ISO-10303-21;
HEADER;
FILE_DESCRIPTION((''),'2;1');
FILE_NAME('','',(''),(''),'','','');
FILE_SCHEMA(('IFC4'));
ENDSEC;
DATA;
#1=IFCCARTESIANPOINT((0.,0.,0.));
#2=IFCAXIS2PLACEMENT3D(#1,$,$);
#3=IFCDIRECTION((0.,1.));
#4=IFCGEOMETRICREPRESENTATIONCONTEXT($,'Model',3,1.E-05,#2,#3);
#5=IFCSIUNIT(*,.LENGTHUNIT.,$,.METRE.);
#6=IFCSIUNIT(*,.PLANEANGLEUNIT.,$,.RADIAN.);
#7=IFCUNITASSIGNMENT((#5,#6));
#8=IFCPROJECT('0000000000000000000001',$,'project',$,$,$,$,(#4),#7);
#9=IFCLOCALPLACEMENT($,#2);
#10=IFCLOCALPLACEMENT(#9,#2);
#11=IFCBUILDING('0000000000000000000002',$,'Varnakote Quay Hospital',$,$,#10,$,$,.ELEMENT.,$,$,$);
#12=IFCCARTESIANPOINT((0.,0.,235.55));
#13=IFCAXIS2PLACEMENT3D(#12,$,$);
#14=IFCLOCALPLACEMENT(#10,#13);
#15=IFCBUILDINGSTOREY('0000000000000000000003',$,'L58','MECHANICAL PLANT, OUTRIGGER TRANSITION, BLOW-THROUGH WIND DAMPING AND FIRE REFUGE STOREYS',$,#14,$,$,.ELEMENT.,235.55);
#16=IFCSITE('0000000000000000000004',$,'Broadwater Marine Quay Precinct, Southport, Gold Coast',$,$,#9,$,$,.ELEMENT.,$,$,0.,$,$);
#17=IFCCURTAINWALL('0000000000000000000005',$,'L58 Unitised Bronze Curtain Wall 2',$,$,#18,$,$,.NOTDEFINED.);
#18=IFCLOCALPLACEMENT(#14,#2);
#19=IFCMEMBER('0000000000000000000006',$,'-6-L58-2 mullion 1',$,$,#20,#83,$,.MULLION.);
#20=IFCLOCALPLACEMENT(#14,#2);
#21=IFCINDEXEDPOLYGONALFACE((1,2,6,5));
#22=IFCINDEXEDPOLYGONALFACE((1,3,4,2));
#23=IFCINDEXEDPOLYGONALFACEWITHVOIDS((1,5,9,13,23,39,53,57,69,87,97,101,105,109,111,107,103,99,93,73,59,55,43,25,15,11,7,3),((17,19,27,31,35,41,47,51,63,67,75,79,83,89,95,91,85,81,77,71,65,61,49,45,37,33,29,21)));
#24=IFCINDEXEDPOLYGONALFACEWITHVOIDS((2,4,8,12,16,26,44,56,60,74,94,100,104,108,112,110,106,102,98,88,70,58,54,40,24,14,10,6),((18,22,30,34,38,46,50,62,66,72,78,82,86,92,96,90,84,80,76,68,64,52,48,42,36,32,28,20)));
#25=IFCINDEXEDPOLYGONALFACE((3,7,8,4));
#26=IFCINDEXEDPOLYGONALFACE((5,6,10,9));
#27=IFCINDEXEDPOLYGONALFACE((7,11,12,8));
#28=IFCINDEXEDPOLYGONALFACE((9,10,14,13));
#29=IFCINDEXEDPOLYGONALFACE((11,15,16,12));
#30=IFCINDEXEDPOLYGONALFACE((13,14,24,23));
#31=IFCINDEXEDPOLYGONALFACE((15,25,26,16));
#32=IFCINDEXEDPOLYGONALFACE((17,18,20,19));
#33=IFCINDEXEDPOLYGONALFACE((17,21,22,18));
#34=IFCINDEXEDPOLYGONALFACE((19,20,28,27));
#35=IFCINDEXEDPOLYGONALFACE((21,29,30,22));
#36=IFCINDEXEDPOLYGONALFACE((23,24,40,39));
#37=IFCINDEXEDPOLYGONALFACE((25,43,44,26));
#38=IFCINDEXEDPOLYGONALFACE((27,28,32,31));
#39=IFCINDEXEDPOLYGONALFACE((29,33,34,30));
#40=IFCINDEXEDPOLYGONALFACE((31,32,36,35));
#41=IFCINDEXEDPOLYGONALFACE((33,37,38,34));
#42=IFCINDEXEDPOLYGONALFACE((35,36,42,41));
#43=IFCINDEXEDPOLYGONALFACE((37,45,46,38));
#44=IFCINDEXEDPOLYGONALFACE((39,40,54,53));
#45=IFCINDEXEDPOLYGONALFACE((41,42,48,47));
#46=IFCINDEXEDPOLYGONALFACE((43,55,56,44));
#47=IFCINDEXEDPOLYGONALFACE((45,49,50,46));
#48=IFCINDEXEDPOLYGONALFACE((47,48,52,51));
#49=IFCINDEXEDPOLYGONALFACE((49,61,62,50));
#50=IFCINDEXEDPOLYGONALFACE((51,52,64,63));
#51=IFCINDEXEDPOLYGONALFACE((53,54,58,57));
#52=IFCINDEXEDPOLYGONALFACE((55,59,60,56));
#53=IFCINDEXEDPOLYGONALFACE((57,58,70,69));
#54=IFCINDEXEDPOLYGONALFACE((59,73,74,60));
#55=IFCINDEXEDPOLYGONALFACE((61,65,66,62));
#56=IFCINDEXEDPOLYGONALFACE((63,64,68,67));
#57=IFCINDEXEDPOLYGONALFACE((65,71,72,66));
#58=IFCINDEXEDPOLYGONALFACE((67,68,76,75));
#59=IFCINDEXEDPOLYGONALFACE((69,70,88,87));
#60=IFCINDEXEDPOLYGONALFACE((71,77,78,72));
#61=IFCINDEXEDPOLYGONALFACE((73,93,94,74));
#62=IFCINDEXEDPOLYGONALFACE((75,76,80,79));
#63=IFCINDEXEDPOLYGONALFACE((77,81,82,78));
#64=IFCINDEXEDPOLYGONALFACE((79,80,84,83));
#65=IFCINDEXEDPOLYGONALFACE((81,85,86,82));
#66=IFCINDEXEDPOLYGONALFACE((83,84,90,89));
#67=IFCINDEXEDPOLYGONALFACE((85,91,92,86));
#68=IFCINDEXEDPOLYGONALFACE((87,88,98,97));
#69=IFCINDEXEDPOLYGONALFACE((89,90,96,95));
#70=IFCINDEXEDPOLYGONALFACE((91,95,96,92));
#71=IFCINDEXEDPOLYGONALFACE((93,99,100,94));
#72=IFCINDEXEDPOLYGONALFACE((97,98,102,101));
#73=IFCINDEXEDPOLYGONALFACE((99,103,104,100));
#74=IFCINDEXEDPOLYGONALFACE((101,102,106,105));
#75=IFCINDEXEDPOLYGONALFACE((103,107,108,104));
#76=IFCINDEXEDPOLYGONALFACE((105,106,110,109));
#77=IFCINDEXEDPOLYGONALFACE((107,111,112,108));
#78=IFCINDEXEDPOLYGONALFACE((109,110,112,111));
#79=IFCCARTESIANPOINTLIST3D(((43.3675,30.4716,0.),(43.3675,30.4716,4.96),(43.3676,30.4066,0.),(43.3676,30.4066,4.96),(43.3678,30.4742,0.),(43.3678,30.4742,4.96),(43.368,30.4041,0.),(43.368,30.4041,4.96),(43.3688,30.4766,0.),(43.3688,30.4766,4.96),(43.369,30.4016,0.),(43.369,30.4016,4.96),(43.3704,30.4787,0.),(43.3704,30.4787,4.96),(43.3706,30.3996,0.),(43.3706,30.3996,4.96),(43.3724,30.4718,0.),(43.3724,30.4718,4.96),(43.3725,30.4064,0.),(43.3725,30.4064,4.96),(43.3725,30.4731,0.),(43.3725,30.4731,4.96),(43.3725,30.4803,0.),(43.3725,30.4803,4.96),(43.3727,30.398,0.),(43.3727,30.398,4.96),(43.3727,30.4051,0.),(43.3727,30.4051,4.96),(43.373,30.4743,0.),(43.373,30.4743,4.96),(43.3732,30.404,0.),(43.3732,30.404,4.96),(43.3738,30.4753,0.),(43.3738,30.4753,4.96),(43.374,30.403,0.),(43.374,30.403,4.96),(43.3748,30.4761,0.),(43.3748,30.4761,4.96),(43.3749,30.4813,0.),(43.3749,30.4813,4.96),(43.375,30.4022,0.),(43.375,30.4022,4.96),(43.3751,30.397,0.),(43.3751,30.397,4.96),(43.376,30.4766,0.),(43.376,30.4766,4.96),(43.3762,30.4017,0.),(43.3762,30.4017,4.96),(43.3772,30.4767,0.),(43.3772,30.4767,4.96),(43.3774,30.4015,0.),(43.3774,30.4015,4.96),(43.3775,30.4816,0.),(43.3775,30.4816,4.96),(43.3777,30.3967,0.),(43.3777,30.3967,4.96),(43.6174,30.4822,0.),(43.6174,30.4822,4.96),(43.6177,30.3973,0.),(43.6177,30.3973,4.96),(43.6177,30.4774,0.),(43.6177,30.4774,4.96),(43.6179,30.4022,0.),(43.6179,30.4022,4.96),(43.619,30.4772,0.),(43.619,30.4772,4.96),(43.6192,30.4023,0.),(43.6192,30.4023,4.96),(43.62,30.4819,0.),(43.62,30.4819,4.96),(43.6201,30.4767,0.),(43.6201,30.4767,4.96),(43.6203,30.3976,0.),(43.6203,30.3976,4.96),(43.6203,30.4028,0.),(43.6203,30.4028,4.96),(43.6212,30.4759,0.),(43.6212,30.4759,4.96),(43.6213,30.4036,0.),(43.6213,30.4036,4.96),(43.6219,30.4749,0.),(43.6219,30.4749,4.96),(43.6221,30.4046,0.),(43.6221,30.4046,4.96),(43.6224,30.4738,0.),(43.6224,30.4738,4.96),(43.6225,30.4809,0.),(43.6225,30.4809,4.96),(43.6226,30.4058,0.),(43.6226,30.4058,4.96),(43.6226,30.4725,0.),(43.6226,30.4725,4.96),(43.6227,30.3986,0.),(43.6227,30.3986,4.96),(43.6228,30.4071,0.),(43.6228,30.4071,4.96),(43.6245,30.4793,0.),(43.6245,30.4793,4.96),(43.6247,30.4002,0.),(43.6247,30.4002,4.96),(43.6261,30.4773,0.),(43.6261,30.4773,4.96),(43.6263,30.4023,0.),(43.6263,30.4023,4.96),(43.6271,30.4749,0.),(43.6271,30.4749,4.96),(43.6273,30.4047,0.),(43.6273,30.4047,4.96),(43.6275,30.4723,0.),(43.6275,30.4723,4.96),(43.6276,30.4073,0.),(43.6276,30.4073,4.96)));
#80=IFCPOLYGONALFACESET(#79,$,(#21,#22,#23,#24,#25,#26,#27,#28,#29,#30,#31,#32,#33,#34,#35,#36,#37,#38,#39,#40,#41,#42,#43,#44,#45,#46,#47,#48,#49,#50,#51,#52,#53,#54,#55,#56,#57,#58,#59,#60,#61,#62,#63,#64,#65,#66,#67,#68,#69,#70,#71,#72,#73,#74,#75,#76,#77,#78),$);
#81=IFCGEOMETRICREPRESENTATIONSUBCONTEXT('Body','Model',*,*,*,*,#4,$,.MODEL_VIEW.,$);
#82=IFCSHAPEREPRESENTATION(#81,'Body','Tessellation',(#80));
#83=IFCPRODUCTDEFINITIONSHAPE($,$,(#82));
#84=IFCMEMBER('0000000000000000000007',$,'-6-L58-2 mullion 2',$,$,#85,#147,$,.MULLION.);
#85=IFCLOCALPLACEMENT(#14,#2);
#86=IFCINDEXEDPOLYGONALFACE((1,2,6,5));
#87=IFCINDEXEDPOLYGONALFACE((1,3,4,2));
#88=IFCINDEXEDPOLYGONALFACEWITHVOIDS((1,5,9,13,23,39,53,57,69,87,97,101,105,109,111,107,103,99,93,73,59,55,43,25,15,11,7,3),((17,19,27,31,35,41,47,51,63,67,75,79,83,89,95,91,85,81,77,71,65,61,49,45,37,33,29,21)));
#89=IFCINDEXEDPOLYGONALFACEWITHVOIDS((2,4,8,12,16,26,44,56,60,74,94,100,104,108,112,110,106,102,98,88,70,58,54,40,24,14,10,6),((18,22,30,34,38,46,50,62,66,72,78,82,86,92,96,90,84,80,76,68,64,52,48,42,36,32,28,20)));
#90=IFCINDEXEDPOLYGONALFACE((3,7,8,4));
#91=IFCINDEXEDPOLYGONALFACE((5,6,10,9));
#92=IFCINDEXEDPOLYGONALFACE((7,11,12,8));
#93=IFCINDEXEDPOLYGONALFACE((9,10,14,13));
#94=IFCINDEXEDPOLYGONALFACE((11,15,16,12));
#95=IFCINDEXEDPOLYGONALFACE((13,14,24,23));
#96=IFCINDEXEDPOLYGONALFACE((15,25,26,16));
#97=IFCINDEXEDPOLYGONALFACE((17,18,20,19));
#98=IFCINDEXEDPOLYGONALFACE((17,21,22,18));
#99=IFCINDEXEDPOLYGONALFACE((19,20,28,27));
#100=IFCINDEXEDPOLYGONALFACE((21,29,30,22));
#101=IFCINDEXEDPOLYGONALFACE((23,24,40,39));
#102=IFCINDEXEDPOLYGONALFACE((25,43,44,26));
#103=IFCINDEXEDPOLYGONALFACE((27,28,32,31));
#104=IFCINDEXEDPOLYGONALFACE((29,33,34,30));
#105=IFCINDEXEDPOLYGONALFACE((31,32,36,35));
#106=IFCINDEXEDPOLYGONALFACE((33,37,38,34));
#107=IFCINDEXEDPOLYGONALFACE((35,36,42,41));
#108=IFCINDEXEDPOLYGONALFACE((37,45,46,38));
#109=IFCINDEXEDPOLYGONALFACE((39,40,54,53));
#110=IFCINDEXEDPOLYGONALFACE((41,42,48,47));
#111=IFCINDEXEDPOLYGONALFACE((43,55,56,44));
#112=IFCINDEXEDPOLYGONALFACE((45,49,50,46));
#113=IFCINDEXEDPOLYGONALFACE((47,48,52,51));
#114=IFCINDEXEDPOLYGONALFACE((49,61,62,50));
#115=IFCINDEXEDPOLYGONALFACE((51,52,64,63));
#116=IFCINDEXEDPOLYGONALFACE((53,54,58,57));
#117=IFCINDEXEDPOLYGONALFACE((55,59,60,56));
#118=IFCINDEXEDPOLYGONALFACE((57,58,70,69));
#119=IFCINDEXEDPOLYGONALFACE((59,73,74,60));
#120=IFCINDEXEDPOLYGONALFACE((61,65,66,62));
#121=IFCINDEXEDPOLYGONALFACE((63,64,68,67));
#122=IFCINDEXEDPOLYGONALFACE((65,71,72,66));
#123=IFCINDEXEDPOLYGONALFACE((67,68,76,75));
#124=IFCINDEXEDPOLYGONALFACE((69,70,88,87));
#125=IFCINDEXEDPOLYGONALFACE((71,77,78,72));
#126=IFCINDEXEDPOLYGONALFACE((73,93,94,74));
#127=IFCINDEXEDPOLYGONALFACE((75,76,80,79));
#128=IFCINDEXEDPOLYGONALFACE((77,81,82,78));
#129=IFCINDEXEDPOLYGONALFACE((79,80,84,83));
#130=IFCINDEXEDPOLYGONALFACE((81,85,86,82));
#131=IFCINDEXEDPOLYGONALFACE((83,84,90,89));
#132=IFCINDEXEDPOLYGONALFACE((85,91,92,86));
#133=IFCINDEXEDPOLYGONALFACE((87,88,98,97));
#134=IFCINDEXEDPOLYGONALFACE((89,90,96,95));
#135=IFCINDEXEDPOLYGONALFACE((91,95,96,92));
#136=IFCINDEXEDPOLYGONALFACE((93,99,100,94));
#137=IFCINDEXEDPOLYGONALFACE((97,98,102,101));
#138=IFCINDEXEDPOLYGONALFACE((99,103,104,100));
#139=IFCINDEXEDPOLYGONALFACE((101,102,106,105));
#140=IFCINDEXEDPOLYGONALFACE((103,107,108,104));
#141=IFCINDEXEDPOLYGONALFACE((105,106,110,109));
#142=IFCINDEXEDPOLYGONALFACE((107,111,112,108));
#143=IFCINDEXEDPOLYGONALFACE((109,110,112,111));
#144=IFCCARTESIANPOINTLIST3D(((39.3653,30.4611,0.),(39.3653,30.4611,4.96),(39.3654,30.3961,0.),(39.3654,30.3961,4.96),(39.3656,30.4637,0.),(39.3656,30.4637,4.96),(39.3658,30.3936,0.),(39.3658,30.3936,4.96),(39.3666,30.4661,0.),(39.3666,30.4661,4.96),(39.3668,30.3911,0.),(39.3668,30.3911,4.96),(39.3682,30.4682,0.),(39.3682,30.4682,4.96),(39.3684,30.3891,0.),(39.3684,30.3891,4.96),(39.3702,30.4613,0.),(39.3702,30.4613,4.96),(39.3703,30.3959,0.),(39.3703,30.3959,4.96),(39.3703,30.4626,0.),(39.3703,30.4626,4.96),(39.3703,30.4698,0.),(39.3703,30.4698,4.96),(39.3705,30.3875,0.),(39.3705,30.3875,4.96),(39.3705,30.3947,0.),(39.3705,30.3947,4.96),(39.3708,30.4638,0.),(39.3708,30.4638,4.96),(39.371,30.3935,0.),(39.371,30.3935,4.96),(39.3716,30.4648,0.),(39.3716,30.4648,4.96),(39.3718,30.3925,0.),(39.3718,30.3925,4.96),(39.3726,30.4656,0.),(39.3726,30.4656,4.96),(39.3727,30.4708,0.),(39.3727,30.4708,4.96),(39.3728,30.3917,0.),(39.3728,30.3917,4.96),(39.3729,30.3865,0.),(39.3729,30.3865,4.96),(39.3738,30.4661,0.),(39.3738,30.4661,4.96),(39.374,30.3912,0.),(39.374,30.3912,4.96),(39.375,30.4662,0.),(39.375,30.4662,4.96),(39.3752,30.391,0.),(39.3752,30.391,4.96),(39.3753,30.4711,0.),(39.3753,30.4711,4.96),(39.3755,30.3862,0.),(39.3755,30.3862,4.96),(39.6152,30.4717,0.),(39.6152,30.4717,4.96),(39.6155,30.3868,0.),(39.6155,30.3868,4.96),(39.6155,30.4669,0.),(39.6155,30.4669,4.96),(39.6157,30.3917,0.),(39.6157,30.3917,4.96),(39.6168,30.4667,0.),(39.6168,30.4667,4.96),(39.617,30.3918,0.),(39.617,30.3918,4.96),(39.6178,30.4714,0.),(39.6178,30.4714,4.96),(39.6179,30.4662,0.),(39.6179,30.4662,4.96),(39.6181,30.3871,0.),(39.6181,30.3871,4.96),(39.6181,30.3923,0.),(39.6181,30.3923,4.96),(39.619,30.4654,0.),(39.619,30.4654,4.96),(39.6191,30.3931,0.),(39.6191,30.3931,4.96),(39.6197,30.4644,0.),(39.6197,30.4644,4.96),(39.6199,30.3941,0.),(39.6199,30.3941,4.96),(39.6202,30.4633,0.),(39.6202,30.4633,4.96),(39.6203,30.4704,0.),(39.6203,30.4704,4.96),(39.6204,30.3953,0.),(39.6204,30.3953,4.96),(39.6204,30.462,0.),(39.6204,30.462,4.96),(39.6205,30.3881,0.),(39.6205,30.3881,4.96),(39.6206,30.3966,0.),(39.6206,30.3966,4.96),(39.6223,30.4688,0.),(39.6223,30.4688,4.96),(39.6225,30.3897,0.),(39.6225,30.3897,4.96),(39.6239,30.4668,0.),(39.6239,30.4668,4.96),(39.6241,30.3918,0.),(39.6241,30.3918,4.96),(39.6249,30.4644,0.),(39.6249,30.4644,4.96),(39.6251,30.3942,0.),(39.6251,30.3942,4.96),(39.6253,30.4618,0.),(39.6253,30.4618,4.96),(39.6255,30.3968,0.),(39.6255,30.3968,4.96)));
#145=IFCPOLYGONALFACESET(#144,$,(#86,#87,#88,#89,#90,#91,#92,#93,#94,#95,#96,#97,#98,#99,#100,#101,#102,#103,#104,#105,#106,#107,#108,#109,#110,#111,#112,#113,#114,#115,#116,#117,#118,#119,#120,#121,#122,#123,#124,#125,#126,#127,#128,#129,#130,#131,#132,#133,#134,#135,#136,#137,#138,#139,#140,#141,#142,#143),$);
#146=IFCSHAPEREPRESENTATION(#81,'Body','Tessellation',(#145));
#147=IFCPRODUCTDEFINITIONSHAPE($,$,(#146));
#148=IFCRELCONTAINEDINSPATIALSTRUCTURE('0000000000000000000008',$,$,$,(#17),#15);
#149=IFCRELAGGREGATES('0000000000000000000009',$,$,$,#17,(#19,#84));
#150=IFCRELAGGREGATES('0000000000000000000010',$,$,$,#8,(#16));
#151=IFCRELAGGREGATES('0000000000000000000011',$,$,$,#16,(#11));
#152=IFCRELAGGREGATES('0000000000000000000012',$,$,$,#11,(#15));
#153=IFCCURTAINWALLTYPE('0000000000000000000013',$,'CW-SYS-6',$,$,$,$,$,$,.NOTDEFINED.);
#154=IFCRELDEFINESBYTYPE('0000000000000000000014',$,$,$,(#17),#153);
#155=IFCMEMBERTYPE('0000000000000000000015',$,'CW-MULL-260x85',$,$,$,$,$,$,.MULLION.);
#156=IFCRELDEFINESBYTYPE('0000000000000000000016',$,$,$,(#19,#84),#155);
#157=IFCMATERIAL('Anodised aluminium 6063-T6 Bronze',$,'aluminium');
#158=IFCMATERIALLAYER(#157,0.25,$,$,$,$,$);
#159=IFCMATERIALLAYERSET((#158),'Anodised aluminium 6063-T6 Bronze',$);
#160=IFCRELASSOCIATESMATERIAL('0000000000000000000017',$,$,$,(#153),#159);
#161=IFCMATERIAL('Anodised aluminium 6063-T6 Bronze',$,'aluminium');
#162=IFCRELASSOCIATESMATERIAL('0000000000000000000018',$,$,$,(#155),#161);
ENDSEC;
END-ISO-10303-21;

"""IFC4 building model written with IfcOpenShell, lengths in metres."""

from ifc_helpers import new_model, si_unit, direction, frame, origin, origin_2d, place, context, subcontext, project, spatial, hollow_rectangle, extrude, material, layer, layer_set, material_profile, profile_set, type_object, element, aggregate, save


model = new_model("IFC4")

# Units and contexts
model_context = context("Model", 3, precision=1e-05, world=origin(), true_north=direction((0.0, 1.0)))
body_context = subcontext(model_context, "Body", "Model", "MODEL_VIEW")
ifc_project = project(units=[si_unit("LENGTHUNIT", "METRE"), si_unit("PLANEANGLEUNIT", "RADIAN")], contexts=[model_context])

# Site, building, storey
site_placement = place(None, origin())
site = spatial("IfcSite", under=ifc_project, at=site_placement, Name="Broadwater Marine Quay Precinct, Southport, Gold Coast", CompositionType="ELEMENT", RefElevation=0.0)
building_placement = place(site_placement, origin())
building = spatial("IfcBuilding", under=site, at=building_placement, Name="Varnakote Quay Hospital", CompositionType="ELEMENT")
storey_placement = place(building_placement, frame((0.0, 0.0, 235.55)))
storey = spatial("IfcBuildingStorey", under=building, at=storey_placement, Name="L58", Description="MECHANICAL PLANT, OUTRIGGER TRANSITION, BLOW-THROUGH WIND DAMPING AND FIRE REFUGE STOREYS", CompositionType="ELEMENT", Elevation=235.55)

# Curtain wall, members
ifc_material_1 = material(Name="Anodised aluminium 6063-T6 Bronze", Category="aluminium")
ifc_layer_1 = layer(ifc_material_1, 0.25)
ifc_layer_set_1 = layer_set([ifc_layer_1], Name="Anodised aluminium 6063-T6 Bronze")
curtain_wall_type = type_object("IfcCurtainWallType", Name="CW-SYS-6", PredefinedType="NOTDEFINED", material=ifc_layer_set_1)
ifc_material_2 = material(Name="Anodised aluminium 6063-T6 Bronze", Category="aluminium")
ifc_material_profile_1 = material_profile(ifc_material_2, hollow_rectangle(XDim=0.085, YDim=0.26, WallThickness=0.0049, InnerFilletRadius=0.0049, OuterFilletRadius=0.01, at=origin_2d()), Name="CW-MULL-260x85")
ifc_profile_set_1 = profile_set([ifc_material_profile_1], Name="Anodised aluminium 6063-T6 Bronze")
member_type_1 = type_object("IfcMemberType", Name="CW-MULL-260x85", PredefinedType="MULLION", material=ifc_profile_set_1)
curtain_wall_1_placement = place(storey_placement, origin())
curtain_wall_1 = element("IfcCurtainWall", 1, at=curtain_wall_1_placement, inside=storey, type_object=curtain_wall_type, Name="L58 Unitised Bronze Curtain Wall 2", PredefinedType="NOTDEFINED")
member_1_placement = place(storey_placement, frame((43.4976, 30.4395, 0.0), z_axis=(0.0, 0.0, 1.0), x_axis=(0.002604, -0.999997, 0.0)))
member_1 = element("IfcMember", 2, at=member_1_placement, type_object=member_type_1, Name="-6-L58-2 mullion 1", PredefinedType="MULLION", context=body_context, shape_type="SweptSolid", body=[
    extrude(hollow_rectangle(XDim=0.085, YDim=0.26, WallThickness=0.0049, InnerFilletRadius=0.0049, OuterFilletRadius=0.01, at=origin_2d()), origin(), (0.0, 0.0, 1.0), 4.96),
])
member_2_placement = place(storey_placement, frame((39.4954, 30.429, 0.0), z_axis=(0.0, 0.0, 1.0), x_axis=(0.002604, -0.999997, 0.0)))
member_2 = element("IfcMember", 3, at=member_2_placement, type_object=member_type_1, Name="-6-L58-2 mullion 2", PredefinedType="MULLION", context=body_context, shape_type="SweptSolid", body=[
    extrude(hollow_rectangle(XDim=0.085, YDim=0.26, WallThickness=0.0049, InnerFilletRadius=0.0049, OuterFilletRadius=0.01, at=origin_2d()), origin(), (0.0, 0.0, 1.0), 4.96),
])

aggregate(curtain_wall_1, [member_1, member_2])

save(model, "model.ifc")
